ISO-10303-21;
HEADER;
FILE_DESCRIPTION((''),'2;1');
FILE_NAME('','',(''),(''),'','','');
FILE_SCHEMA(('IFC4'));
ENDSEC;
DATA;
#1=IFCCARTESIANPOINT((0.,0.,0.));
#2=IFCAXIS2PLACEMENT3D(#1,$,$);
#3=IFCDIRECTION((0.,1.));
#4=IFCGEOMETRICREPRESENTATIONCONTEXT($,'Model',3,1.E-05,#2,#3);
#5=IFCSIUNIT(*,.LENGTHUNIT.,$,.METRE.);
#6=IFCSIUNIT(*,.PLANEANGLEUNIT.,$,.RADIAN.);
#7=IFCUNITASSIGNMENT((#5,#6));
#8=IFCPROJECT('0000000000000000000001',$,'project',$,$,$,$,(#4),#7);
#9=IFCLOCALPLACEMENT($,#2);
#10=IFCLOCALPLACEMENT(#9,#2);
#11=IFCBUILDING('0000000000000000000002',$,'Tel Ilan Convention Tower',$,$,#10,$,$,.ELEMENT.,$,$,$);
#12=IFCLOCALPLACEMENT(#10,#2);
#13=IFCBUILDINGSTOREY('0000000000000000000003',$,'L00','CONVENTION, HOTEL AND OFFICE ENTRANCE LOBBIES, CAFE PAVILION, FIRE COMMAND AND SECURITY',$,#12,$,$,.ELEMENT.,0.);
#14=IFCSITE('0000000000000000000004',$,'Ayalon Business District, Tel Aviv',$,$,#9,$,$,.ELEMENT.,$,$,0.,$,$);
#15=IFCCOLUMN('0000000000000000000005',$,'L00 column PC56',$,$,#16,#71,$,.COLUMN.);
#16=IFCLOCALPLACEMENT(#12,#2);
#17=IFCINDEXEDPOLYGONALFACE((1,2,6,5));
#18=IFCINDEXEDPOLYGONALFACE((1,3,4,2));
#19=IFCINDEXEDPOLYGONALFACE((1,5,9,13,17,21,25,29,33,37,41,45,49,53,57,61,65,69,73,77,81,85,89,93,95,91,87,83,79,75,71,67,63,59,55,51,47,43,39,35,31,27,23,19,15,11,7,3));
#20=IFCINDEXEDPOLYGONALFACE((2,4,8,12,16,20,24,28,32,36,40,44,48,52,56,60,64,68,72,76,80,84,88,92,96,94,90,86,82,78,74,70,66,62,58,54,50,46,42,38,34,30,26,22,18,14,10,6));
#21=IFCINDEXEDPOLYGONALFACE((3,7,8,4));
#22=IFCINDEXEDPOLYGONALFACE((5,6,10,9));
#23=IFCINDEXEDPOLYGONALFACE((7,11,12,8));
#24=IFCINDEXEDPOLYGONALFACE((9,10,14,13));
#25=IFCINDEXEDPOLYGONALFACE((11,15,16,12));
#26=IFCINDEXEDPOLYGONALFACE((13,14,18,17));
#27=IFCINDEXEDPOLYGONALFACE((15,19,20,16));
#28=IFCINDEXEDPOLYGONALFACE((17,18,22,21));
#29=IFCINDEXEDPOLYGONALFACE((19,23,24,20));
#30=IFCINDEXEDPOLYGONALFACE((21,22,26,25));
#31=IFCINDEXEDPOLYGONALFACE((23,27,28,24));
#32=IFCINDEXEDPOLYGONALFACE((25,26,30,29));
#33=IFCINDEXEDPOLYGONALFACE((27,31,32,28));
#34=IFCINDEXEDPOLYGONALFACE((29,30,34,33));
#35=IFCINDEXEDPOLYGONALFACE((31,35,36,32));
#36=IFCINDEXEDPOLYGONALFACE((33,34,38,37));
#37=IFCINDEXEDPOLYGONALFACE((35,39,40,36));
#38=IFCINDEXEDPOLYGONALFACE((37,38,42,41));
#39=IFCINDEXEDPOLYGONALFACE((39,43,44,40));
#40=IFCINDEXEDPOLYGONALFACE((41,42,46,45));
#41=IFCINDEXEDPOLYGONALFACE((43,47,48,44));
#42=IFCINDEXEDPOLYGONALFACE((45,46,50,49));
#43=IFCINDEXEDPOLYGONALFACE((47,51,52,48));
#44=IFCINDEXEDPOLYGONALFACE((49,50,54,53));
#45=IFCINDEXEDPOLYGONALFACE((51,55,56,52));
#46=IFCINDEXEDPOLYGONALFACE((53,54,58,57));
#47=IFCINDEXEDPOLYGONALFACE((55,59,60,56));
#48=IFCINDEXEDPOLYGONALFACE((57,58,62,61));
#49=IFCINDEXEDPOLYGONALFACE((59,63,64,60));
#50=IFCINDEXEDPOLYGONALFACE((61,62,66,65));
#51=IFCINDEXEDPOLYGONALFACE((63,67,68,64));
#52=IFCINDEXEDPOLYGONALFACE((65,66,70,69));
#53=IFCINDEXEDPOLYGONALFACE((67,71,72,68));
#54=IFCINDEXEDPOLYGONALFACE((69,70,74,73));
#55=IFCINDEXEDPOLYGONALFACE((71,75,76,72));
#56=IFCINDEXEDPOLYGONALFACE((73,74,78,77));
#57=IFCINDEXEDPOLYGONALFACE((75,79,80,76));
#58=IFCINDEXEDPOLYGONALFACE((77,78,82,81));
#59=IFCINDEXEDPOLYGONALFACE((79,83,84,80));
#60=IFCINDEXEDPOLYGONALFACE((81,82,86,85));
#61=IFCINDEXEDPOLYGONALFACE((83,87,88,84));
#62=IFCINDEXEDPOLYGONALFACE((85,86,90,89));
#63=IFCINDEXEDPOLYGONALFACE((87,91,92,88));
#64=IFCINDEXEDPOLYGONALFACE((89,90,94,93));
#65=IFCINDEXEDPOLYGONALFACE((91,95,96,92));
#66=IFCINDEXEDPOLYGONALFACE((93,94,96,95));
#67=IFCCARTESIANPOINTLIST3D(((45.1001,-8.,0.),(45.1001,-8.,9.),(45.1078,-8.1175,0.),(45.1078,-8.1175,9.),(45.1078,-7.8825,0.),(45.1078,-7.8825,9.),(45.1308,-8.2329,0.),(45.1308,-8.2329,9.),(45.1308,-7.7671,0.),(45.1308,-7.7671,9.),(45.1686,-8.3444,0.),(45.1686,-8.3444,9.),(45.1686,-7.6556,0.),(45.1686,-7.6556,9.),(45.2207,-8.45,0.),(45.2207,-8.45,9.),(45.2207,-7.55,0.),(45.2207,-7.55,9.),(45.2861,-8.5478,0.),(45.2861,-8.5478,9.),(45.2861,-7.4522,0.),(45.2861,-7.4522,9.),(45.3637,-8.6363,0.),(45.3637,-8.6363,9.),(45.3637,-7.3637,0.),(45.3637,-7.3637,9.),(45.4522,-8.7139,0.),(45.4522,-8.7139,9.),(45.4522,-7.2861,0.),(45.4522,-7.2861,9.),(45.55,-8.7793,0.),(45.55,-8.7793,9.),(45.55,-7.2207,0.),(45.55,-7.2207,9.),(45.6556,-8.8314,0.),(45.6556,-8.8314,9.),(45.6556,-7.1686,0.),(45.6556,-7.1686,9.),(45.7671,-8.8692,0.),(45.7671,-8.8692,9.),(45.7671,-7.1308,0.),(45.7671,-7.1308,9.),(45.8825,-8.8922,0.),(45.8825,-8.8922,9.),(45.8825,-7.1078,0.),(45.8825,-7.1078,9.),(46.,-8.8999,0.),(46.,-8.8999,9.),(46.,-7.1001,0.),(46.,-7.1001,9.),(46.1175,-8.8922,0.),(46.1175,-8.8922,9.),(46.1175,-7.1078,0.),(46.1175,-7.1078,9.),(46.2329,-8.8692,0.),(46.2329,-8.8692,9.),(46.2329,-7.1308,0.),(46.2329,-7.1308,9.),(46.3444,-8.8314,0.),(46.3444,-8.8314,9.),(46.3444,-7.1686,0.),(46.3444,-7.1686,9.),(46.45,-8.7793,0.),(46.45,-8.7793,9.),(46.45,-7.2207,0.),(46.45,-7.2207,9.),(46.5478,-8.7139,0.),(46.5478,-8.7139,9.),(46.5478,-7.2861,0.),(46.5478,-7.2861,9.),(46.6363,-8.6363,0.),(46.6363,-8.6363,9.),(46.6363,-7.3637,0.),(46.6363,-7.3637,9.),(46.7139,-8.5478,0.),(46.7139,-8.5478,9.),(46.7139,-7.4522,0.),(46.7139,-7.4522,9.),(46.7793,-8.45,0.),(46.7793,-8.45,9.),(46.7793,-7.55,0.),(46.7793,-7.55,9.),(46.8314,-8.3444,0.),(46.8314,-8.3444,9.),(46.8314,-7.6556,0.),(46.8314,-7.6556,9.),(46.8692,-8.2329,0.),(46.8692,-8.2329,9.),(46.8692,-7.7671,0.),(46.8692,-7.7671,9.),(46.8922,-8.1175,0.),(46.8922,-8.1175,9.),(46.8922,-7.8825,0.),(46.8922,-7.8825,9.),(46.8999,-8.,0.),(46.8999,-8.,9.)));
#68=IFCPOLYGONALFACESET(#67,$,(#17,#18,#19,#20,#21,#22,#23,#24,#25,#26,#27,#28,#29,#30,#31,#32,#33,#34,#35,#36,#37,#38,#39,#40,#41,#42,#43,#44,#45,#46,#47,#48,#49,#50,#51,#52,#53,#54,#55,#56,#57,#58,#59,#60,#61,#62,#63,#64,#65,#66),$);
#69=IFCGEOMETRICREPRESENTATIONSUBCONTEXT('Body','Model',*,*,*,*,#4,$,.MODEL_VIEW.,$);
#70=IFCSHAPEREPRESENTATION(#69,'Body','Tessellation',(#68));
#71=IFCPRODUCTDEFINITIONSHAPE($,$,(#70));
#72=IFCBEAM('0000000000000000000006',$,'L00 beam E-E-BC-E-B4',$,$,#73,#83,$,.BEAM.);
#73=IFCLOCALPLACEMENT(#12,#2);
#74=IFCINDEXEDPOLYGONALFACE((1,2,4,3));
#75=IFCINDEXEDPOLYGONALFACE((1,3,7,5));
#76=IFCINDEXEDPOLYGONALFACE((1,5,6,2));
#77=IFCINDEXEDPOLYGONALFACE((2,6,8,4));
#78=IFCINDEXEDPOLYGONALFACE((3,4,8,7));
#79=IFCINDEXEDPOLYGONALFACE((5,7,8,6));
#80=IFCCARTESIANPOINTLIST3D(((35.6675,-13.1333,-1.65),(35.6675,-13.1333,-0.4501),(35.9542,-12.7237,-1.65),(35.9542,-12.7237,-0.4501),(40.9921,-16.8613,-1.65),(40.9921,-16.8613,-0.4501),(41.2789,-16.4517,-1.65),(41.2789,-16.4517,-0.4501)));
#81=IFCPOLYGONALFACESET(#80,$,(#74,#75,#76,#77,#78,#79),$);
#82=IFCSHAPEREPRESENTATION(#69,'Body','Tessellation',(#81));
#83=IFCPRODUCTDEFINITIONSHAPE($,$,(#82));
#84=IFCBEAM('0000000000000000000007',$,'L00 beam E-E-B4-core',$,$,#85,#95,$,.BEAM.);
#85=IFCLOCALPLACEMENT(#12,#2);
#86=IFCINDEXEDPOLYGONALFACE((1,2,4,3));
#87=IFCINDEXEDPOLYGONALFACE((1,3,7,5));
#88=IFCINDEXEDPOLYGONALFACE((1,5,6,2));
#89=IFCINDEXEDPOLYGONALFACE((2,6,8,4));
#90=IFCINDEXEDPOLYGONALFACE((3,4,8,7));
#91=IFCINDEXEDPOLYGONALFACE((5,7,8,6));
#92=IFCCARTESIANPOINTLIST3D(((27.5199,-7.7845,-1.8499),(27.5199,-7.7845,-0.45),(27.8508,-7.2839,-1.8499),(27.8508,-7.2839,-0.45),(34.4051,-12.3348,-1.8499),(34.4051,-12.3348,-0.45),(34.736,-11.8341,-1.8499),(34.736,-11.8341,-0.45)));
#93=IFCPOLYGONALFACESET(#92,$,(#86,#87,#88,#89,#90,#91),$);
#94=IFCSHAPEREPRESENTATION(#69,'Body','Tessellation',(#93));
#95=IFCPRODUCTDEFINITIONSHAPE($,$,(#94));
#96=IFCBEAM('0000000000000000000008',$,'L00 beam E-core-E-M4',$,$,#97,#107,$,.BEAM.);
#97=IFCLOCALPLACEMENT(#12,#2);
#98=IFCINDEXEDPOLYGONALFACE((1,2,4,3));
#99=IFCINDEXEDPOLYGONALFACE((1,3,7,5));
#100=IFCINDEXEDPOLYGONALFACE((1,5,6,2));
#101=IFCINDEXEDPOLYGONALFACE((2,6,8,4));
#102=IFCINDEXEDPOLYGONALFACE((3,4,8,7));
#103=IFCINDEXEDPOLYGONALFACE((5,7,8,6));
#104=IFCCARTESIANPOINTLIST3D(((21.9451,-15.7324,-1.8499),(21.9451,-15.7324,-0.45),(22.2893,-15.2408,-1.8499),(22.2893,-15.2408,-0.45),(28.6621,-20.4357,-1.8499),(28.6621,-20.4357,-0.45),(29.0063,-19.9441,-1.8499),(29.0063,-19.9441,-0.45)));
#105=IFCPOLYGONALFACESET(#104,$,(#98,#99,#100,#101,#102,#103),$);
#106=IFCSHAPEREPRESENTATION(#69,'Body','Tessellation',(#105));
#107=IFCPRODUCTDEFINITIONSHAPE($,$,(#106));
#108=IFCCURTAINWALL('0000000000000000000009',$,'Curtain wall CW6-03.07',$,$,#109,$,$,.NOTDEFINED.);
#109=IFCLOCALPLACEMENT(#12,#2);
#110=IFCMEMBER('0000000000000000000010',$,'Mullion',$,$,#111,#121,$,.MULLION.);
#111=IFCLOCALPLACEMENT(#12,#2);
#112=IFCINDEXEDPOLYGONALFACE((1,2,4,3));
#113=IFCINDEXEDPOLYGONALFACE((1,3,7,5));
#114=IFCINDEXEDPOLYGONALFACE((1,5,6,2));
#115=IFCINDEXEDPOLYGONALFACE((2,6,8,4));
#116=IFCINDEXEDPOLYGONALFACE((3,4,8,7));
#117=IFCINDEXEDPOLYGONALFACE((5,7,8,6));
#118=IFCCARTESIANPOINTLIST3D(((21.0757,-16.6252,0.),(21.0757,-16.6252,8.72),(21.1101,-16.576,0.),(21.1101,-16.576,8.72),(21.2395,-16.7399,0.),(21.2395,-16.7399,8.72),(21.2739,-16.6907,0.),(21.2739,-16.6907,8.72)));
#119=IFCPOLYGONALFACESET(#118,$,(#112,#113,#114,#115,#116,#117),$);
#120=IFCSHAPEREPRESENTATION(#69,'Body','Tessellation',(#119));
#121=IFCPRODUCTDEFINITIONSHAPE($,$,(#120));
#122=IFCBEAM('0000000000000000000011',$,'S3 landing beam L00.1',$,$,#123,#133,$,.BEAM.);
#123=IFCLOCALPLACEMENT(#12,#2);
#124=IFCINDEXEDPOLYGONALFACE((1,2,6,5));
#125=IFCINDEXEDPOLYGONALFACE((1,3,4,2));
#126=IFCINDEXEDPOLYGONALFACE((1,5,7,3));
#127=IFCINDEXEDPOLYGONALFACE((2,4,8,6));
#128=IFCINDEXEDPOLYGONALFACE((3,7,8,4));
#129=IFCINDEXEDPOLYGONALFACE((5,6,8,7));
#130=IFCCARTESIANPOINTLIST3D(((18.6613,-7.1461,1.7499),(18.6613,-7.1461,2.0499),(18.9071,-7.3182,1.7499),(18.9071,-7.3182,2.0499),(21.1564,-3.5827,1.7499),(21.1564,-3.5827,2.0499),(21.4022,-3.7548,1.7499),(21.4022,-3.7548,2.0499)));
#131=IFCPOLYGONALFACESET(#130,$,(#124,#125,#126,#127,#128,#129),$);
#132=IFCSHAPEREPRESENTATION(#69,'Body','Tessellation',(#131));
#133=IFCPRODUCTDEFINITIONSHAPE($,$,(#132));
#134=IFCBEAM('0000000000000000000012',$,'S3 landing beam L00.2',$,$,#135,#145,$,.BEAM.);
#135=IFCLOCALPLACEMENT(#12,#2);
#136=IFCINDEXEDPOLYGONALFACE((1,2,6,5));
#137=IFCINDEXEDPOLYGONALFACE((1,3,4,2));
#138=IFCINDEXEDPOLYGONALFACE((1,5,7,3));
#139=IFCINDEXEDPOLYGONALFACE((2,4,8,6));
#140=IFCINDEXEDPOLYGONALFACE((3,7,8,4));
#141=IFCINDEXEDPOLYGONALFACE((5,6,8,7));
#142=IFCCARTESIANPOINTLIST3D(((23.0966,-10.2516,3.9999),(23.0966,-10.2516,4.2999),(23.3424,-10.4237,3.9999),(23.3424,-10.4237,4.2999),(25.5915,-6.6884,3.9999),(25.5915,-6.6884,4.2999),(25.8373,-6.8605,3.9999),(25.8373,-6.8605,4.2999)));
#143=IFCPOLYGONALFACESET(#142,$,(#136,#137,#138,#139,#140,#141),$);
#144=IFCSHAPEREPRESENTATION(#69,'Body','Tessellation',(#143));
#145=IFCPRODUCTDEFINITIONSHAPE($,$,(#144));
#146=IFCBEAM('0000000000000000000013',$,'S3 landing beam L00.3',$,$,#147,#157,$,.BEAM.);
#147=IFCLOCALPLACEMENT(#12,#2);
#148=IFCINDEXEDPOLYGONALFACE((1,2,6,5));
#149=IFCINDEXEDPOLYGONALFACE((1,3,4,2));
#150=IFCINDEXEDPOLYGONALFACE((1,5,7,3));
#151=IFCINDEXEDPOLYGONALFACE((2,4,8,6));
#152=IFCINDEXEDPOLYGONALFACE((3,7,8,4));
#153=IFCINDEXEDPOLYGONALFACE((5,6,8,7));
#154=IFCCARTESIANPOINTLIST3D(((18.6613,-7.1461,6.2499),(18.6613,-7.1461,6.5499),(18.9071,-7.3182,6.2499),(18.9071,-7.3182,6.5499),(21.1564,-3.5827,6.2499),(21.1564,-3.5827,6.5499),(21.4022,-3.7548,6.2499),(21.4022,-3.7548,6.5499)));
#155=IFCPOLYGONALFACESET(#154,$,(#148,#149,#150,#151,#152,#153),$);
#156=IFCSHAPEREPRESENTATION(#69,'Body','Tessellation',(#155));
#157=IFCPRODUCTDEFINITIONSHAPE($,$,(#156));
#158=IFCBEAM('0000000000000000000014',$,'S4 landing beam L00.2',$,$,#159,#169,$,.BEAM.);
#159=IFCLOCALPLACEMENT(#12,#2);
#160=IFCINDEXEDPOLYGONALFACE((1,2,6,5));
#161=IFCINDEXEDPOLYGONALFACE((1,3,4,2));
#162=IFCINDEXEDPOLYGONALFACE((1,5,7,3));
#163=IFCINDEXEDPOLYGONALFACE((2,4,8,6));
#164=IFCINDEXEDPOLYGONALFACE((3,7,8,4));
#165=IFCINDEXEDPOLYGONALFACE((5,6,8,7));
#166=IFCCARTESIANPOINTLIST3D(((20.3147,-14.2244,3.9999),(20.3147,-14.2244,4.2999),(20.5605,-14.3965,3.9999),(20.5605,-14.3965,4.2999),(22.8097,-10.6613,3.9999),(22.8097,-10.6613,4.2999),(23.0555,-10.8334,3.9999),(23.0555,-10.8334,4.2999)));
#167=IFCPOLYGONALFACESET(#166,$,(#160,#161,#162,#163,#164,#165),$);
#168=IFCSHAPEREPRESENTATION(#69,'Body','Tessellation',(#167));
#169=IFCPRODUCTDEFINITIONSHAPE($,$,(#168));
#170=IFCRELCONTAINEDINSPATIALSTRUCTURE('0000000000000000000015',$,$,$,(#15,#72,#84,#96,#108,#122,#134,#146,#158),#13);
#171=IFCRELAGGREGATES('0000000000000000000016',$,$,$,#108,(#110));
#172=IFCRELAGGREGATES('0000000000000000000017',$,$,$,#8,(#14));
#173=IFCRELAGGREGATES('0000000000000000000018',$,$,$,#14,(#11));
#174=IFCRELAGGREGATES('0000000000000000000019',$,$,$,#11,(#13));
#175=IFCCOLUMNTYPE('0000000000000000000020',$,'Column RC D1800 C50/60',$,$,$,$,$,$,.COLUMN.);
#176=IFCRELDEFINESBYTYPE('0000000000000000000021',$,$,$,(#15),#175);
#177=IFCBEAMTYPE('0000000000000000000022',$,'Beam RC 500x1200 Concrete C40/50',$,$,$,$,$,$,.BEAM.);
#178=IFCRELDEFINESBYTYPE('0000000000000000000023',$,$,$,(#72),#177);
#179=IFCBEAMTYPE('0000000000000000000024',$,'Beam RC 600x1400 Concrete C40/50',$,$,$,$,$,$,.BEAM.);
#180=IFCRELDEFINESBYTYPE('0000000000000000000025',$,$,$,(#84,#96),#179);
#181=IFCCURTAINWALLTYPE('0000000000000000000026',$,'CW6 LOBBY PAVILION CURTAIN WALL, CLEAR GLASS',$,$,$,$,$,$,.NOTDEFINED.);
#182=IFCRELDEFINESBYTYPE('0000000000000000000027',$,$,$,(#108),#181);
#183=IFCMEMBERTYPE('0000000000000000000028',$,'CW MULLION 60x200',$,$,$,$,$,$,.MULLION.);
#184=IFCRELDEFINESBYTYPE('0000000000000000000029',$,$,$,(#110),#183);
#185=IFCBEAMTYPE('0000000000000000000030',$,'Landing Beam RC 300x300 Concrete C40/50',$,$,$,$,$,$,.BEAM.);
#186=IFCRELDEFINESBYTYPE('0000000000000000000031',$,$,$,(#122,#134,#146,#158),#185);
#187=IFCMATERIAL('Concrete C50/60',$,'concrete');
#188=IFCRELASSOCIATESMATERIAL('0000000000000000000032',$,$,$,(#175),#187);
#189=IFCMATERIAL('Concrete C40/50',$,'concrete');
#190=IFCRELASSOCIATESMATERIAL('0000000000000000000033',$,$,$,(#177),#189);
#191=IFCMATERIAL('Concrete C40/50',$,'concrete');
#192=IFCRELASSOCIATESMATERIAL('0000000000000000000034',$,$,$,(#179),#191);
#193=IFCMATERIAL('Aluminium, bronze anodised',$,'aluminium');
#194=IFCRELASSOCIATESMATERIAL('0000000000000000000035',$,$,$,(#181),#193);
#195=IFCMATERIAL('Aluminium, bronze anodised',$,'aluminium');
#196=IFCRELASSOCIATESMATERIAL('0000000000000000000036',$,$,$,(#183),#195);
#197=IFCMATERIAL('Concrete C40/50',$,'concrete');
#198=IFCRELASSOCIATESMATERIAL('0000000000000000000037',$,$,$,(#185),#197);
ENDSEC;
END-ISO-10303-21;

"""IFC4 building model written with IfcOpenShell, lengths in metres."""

from ifc_helpers import new_model, si_unit, direction, frame, origin, origin_2d, place, context, subcontext, project, spatial, rectangle, circle, extrude, material, material_profile, profile_set, type_object, element, aggregate, save


model = new_model("IFC4")

# Units and contexts
model_context = context("Model", 3, precision=1e-05, world=origin(), true_north=direction((0.0, 1.0)))
body_context = subcontext(model_context, "Body", "Model", "MODEL_VIEW")
ifc_project = project(units=[si_unit("LENGTHUNIT", "METRE"), si_unit("PLANEANGLEUNIT", "RADIAN")], contexts=[model_context])

# Site, building, storey
site_placement = place(None, origin())
site = spatial("IfcSite", under=ifc_project, at=site_placement, Name="Ayalon Business District, Tel Aviv", CompositionType="ELEMENT", RefElevation=0.0)
building_placement = place(site_placement, origin())
building = spatial("IfcBuilding", under=site, at=building_placement, Name="Tel Ilan Convention Tower", CompositionType="ELEMENT")
storey_placement = place(building_placement, origin())
storey = spatial("IfcBuildingStorey", under=building, at=storey_placement, Name="L00", Description="CONVENTION, HOTEL AND OFFICE ENTRANCE LOBBIES, CAFE PAVILION, FIRE COMMAND AND SECURITY", CompositionType="ELEMENT", Elevation=0.0)

# Column
ifc_material_1 = material(Name="Concrete C50/60", Category="concrete")
ifc_material_profile_1 = material_profile(ifc_material_1, circle(Radius=0.8999, at=origin_2d()), Name="RC D1800")
ifc_profile_set_1 = profile_set([ifc_material_profile_1], Name="Concrete C50/60")
column_type_1 = type_object("IfcColumnType", Name="Column RC D1800 C50/60", PredefinedType="COLUMN", material=ifc_profile_set_1)
column_placement = place(storey_placement, frame((46.0, -8.0, 0.0), z_axis=(0.0, 0.0, 1.0), x_axis=(1.0, 0.0, 0.0)))
element("IfcColumn", 1, at=column_placement, inside=storey, type_object=column_type_1, Name="L00 column PC56", PredefinedType="COLUMN", context=body_context, shape_type="SweptSolid", body=[
    extrude(circle(Radius=0.8999, at=origin_2d()), origin(), (0.0, 0.0, 1.0), 9.0),
])

# Beams
ifc_material_2 = material(Name="Concrete C40/50", Category="concrete")
ifc_material_profile_2 = material_profile(ifc_material_2, rectangle(XDim=0.5, YDim=1.2, at=origin_2d()), Name="RC 500x1200")
ifc_profile_set_2 = profile_set([ifc_material_profile_2], Name="Concrete C40/50")
beam_type_1 = type_object("IfcBeamType", Name="Beam RC 500x1200 Concrete C40/50", PredefinedType="BEAM", material=ifc_profile_set_2)
beam_1_placement = place(storey_placement, frame((41.1355, -16.6565, -1.05), z_axis=(-0.819179, 0.573538, 0.0), x_axis=(-0.573538, -0.819179, 0.0)))
element("IfcBeam", 2, at=beam_1_placement, inside=storey, type_object=beam_type_1, Name="L00 beam E-E-BC-E-B4", PredefinedType="BEAM", context=body_context, shape_type="SweptSolid", body=[
    extrude(rectangle(XDim=0.5, YDim=1.2, at=origin_2d()), origin(), (0.0, 0.0, 1.0), 6.5),
])
ifc_material_3 = material(Name="Concrete C40/50", Category="concrete")
ifc_material_profile_3 = material_profile(ifc_material_3, rectangle(XDim=0.6001, YDim=1.3999, at=origin_2d()), Name="RC 600x1400")
ifc_profile_set_3 = profile_set([ifc_material_profile_3], Name="Concrete C40/50")
beam_type_2 = type_object("IfcBeamType", Name="Beam RC 600x1400 Concrete C40/50", PredefinedType="BEAM", material=ifc_profile_set_3)
beam_2_placement = place(storey_placement, frame((34.5706, -12.0845, -1.1499), z_axis=(-0.834274, 0.551351, 0.0), x_axis=(-0.551351, -0.834274, 0.0)))
element("IfcBeam", 3, at=beam_2_placement, inside=storey, type_object=beam_type_2, Name="L00 beam E-E-B4-core", PredefinedType="BEAM", context=body_context, shape_type="SweptSolid", body=[
    extrude(rectangle(XDim=0.6001, YDim=1.3999, at=origin_2d()), origin(), (0.0, 0.0, 1.0), 8.2529),
])
beam_3_placement = place(storey_placement, frame((22.1172, -15.4866, -1.1499), z_axis=(0.819149, -0.57358, 0.0), x_axis=(0.57358, 0.819149, 0.0)))
element("IfcBeam", 4, at=beam_3_placement, inside=storey, type_object=beam_type_2, Name="L00 beam E-core-E-M4", PredefinedType="BEAM", context=body_context, shape_type="SweptSolid", body=[
    extrude(rectangle(XDim=0.6001, YDim=1.3999, at=origin_2d()), origin(), (0.0, 0.0, 1.0), 8.2),
])

# Curtain wall, member
ifc_material_4 = material(Name="Aluminium, bronze anodised", Category="aluminium")
curtain_wall_type = type_object("IfcCurtainWallType", Name="CW6 LOBBY PAVILION CURTAIN WALL, CLEAR GLASS", PredefinedType="NOTDEFINED", material=ifc_material_4)
curtain_wall_placement = place(storey_placement, origin())
curtain_wall = element("IfcCurtainWall", 5, at=curtain_wall_placement, inside=storey, type_object=curtain_wall_type, Name="Curtain wall CW6-03.07", PredefinedType="NOTDEFINED")
ifc_material_5 = material(Name="Aluminium, bronze anodised", Category="aluminium")
ifc_material_profile_4 = material_profile(ifc_material_5, rectangle(XDim=0.0601, YDim=0.2, at=origin_2d()), Name="CW MULLION 60x200")
ifc_profile_set_4 = profile_set([ifc_material_profile_4], Name="Aluminium, bronze anodised")
member_type = type_object("IfcMemberType", Name="CW MULLION 60x200", PredefinedType="MULLION", material=ifc_profile_set_4)
member_placement = place(storey_placement, frame((21.1748, -16.658, 0.0), z_axis=(0.0, 0.0, 1.0), x_axis=(-0.573576, -0.819152, 0.0)))
member = element("IfcMember", 6, at=member_placement, type_object=member_type, Name="Mullion", PredefinedType="MULLION", context=body_context, shape_type="SweptSolid", body=[
    extrude(rectangle(XDim=0.0601, YDim=0.2, at=origin_2d()), origin(), (0.0, 0.0, 1.0), 8.72),
])
aggregate(curtain_wall, [member])

# Beams
ifc_material_6 = material(Name="Concrete C40/50", Category="concrete")
ifc_material_profile_5 = material_profile(ifc_material_6, rectangle(XDim=0.3, YDim=0.3, at=origin_2d()), Name="RC 300x300")
ifc_profile_set_5 = profile_set([ifc_material_profile_5], Name="Concrete C40/50")
beam_type_3 = type_object("IfcBeamType", Name="Landing Beam RC 300x300 Concrete C40/50", PredefinedType="BEAM", material=ifc_profile_set_5)
beam_4_placement = place(storey_placement, frame((21.2793, -3.6687, 1.8999), z_axis=(-0.573568, -0.819158, 0.0), x_axis=(0.819158, -0.573568, 0.0)))
element("IfcBeam", 7, at=beam_4_placement, inside=storey, type_object=beam_type_3, Name="S3 landing beam L00.1", PredefinedType="BEAM", context=body_context, shape_type="SweptSolid", body=[
    extrude(rectangle(XDim=0.3, YDim=0.3, at=origin_2d()), origin(), (0.0, 0.0, 1.0), 4.3501),
])
beam_5_placement = place(storey_placement, frame((25.7144, -6.7744, 4.1499), z_axis=(-0.573557, -0.819166, 0.0), x_axis=(0.819166, -0.573557, 0.0)))
element("IfcBeam", 8, at=beam_5_placement, inside=storey, type_object=beam_type_3, Name="S3 landing beam L00.2", PredefinedType="BEAM", context=body_context, shape_type="SweptSolid", body=[
    extrude(rectangle(XDim=0.3, YDim=0.3, at=origin_2d()), origin(), (0.0, 0.0, 1.0), 4.3499),
])
beam_6_placement = place(storey_placement, frame((21.2793, -3.6687, 6.3999), z_axis=(-0.573568, -0.819158, 0.0), x_axis=(0.819158, -0.573568, 0.0)))
element("IfcBeam", 9, at=beam_6_placement, inside=storey, type_object=beam_type_3, Name="S3 landing beam L00.3", PredefinedType="BEAM", context=body_context, shape_type="SweptSolid", body=[
    extrude(rectangle(XDim=0.3, YDim=0.3, at=origin_2d()), origin(), (0.0, 0.0, 1.0), 4.3501),
])
beam_7_placement = place(storey_placement, frame((22.9326, -10.7473, 4.1499), z_axis=(-0.573594, -0.81914, 0.0), x_axis=(0.81914, -0.573594, 0.0)))
element("IfcBeam", 10, at=beam_7_placement, inside=storey, type_object=beam_type_3, Name="S4 landing beam L00.2", PredefinedType="BEAM", context=body_context, shape_type="SweptSolid", body=[
    extrude(rectangle(XDim=0.3, YDim=0.3, at=origin_2d()), origin(), (0.0, 0.0, 1.0), 4.3499),
])

save(model, "model.ifc")
